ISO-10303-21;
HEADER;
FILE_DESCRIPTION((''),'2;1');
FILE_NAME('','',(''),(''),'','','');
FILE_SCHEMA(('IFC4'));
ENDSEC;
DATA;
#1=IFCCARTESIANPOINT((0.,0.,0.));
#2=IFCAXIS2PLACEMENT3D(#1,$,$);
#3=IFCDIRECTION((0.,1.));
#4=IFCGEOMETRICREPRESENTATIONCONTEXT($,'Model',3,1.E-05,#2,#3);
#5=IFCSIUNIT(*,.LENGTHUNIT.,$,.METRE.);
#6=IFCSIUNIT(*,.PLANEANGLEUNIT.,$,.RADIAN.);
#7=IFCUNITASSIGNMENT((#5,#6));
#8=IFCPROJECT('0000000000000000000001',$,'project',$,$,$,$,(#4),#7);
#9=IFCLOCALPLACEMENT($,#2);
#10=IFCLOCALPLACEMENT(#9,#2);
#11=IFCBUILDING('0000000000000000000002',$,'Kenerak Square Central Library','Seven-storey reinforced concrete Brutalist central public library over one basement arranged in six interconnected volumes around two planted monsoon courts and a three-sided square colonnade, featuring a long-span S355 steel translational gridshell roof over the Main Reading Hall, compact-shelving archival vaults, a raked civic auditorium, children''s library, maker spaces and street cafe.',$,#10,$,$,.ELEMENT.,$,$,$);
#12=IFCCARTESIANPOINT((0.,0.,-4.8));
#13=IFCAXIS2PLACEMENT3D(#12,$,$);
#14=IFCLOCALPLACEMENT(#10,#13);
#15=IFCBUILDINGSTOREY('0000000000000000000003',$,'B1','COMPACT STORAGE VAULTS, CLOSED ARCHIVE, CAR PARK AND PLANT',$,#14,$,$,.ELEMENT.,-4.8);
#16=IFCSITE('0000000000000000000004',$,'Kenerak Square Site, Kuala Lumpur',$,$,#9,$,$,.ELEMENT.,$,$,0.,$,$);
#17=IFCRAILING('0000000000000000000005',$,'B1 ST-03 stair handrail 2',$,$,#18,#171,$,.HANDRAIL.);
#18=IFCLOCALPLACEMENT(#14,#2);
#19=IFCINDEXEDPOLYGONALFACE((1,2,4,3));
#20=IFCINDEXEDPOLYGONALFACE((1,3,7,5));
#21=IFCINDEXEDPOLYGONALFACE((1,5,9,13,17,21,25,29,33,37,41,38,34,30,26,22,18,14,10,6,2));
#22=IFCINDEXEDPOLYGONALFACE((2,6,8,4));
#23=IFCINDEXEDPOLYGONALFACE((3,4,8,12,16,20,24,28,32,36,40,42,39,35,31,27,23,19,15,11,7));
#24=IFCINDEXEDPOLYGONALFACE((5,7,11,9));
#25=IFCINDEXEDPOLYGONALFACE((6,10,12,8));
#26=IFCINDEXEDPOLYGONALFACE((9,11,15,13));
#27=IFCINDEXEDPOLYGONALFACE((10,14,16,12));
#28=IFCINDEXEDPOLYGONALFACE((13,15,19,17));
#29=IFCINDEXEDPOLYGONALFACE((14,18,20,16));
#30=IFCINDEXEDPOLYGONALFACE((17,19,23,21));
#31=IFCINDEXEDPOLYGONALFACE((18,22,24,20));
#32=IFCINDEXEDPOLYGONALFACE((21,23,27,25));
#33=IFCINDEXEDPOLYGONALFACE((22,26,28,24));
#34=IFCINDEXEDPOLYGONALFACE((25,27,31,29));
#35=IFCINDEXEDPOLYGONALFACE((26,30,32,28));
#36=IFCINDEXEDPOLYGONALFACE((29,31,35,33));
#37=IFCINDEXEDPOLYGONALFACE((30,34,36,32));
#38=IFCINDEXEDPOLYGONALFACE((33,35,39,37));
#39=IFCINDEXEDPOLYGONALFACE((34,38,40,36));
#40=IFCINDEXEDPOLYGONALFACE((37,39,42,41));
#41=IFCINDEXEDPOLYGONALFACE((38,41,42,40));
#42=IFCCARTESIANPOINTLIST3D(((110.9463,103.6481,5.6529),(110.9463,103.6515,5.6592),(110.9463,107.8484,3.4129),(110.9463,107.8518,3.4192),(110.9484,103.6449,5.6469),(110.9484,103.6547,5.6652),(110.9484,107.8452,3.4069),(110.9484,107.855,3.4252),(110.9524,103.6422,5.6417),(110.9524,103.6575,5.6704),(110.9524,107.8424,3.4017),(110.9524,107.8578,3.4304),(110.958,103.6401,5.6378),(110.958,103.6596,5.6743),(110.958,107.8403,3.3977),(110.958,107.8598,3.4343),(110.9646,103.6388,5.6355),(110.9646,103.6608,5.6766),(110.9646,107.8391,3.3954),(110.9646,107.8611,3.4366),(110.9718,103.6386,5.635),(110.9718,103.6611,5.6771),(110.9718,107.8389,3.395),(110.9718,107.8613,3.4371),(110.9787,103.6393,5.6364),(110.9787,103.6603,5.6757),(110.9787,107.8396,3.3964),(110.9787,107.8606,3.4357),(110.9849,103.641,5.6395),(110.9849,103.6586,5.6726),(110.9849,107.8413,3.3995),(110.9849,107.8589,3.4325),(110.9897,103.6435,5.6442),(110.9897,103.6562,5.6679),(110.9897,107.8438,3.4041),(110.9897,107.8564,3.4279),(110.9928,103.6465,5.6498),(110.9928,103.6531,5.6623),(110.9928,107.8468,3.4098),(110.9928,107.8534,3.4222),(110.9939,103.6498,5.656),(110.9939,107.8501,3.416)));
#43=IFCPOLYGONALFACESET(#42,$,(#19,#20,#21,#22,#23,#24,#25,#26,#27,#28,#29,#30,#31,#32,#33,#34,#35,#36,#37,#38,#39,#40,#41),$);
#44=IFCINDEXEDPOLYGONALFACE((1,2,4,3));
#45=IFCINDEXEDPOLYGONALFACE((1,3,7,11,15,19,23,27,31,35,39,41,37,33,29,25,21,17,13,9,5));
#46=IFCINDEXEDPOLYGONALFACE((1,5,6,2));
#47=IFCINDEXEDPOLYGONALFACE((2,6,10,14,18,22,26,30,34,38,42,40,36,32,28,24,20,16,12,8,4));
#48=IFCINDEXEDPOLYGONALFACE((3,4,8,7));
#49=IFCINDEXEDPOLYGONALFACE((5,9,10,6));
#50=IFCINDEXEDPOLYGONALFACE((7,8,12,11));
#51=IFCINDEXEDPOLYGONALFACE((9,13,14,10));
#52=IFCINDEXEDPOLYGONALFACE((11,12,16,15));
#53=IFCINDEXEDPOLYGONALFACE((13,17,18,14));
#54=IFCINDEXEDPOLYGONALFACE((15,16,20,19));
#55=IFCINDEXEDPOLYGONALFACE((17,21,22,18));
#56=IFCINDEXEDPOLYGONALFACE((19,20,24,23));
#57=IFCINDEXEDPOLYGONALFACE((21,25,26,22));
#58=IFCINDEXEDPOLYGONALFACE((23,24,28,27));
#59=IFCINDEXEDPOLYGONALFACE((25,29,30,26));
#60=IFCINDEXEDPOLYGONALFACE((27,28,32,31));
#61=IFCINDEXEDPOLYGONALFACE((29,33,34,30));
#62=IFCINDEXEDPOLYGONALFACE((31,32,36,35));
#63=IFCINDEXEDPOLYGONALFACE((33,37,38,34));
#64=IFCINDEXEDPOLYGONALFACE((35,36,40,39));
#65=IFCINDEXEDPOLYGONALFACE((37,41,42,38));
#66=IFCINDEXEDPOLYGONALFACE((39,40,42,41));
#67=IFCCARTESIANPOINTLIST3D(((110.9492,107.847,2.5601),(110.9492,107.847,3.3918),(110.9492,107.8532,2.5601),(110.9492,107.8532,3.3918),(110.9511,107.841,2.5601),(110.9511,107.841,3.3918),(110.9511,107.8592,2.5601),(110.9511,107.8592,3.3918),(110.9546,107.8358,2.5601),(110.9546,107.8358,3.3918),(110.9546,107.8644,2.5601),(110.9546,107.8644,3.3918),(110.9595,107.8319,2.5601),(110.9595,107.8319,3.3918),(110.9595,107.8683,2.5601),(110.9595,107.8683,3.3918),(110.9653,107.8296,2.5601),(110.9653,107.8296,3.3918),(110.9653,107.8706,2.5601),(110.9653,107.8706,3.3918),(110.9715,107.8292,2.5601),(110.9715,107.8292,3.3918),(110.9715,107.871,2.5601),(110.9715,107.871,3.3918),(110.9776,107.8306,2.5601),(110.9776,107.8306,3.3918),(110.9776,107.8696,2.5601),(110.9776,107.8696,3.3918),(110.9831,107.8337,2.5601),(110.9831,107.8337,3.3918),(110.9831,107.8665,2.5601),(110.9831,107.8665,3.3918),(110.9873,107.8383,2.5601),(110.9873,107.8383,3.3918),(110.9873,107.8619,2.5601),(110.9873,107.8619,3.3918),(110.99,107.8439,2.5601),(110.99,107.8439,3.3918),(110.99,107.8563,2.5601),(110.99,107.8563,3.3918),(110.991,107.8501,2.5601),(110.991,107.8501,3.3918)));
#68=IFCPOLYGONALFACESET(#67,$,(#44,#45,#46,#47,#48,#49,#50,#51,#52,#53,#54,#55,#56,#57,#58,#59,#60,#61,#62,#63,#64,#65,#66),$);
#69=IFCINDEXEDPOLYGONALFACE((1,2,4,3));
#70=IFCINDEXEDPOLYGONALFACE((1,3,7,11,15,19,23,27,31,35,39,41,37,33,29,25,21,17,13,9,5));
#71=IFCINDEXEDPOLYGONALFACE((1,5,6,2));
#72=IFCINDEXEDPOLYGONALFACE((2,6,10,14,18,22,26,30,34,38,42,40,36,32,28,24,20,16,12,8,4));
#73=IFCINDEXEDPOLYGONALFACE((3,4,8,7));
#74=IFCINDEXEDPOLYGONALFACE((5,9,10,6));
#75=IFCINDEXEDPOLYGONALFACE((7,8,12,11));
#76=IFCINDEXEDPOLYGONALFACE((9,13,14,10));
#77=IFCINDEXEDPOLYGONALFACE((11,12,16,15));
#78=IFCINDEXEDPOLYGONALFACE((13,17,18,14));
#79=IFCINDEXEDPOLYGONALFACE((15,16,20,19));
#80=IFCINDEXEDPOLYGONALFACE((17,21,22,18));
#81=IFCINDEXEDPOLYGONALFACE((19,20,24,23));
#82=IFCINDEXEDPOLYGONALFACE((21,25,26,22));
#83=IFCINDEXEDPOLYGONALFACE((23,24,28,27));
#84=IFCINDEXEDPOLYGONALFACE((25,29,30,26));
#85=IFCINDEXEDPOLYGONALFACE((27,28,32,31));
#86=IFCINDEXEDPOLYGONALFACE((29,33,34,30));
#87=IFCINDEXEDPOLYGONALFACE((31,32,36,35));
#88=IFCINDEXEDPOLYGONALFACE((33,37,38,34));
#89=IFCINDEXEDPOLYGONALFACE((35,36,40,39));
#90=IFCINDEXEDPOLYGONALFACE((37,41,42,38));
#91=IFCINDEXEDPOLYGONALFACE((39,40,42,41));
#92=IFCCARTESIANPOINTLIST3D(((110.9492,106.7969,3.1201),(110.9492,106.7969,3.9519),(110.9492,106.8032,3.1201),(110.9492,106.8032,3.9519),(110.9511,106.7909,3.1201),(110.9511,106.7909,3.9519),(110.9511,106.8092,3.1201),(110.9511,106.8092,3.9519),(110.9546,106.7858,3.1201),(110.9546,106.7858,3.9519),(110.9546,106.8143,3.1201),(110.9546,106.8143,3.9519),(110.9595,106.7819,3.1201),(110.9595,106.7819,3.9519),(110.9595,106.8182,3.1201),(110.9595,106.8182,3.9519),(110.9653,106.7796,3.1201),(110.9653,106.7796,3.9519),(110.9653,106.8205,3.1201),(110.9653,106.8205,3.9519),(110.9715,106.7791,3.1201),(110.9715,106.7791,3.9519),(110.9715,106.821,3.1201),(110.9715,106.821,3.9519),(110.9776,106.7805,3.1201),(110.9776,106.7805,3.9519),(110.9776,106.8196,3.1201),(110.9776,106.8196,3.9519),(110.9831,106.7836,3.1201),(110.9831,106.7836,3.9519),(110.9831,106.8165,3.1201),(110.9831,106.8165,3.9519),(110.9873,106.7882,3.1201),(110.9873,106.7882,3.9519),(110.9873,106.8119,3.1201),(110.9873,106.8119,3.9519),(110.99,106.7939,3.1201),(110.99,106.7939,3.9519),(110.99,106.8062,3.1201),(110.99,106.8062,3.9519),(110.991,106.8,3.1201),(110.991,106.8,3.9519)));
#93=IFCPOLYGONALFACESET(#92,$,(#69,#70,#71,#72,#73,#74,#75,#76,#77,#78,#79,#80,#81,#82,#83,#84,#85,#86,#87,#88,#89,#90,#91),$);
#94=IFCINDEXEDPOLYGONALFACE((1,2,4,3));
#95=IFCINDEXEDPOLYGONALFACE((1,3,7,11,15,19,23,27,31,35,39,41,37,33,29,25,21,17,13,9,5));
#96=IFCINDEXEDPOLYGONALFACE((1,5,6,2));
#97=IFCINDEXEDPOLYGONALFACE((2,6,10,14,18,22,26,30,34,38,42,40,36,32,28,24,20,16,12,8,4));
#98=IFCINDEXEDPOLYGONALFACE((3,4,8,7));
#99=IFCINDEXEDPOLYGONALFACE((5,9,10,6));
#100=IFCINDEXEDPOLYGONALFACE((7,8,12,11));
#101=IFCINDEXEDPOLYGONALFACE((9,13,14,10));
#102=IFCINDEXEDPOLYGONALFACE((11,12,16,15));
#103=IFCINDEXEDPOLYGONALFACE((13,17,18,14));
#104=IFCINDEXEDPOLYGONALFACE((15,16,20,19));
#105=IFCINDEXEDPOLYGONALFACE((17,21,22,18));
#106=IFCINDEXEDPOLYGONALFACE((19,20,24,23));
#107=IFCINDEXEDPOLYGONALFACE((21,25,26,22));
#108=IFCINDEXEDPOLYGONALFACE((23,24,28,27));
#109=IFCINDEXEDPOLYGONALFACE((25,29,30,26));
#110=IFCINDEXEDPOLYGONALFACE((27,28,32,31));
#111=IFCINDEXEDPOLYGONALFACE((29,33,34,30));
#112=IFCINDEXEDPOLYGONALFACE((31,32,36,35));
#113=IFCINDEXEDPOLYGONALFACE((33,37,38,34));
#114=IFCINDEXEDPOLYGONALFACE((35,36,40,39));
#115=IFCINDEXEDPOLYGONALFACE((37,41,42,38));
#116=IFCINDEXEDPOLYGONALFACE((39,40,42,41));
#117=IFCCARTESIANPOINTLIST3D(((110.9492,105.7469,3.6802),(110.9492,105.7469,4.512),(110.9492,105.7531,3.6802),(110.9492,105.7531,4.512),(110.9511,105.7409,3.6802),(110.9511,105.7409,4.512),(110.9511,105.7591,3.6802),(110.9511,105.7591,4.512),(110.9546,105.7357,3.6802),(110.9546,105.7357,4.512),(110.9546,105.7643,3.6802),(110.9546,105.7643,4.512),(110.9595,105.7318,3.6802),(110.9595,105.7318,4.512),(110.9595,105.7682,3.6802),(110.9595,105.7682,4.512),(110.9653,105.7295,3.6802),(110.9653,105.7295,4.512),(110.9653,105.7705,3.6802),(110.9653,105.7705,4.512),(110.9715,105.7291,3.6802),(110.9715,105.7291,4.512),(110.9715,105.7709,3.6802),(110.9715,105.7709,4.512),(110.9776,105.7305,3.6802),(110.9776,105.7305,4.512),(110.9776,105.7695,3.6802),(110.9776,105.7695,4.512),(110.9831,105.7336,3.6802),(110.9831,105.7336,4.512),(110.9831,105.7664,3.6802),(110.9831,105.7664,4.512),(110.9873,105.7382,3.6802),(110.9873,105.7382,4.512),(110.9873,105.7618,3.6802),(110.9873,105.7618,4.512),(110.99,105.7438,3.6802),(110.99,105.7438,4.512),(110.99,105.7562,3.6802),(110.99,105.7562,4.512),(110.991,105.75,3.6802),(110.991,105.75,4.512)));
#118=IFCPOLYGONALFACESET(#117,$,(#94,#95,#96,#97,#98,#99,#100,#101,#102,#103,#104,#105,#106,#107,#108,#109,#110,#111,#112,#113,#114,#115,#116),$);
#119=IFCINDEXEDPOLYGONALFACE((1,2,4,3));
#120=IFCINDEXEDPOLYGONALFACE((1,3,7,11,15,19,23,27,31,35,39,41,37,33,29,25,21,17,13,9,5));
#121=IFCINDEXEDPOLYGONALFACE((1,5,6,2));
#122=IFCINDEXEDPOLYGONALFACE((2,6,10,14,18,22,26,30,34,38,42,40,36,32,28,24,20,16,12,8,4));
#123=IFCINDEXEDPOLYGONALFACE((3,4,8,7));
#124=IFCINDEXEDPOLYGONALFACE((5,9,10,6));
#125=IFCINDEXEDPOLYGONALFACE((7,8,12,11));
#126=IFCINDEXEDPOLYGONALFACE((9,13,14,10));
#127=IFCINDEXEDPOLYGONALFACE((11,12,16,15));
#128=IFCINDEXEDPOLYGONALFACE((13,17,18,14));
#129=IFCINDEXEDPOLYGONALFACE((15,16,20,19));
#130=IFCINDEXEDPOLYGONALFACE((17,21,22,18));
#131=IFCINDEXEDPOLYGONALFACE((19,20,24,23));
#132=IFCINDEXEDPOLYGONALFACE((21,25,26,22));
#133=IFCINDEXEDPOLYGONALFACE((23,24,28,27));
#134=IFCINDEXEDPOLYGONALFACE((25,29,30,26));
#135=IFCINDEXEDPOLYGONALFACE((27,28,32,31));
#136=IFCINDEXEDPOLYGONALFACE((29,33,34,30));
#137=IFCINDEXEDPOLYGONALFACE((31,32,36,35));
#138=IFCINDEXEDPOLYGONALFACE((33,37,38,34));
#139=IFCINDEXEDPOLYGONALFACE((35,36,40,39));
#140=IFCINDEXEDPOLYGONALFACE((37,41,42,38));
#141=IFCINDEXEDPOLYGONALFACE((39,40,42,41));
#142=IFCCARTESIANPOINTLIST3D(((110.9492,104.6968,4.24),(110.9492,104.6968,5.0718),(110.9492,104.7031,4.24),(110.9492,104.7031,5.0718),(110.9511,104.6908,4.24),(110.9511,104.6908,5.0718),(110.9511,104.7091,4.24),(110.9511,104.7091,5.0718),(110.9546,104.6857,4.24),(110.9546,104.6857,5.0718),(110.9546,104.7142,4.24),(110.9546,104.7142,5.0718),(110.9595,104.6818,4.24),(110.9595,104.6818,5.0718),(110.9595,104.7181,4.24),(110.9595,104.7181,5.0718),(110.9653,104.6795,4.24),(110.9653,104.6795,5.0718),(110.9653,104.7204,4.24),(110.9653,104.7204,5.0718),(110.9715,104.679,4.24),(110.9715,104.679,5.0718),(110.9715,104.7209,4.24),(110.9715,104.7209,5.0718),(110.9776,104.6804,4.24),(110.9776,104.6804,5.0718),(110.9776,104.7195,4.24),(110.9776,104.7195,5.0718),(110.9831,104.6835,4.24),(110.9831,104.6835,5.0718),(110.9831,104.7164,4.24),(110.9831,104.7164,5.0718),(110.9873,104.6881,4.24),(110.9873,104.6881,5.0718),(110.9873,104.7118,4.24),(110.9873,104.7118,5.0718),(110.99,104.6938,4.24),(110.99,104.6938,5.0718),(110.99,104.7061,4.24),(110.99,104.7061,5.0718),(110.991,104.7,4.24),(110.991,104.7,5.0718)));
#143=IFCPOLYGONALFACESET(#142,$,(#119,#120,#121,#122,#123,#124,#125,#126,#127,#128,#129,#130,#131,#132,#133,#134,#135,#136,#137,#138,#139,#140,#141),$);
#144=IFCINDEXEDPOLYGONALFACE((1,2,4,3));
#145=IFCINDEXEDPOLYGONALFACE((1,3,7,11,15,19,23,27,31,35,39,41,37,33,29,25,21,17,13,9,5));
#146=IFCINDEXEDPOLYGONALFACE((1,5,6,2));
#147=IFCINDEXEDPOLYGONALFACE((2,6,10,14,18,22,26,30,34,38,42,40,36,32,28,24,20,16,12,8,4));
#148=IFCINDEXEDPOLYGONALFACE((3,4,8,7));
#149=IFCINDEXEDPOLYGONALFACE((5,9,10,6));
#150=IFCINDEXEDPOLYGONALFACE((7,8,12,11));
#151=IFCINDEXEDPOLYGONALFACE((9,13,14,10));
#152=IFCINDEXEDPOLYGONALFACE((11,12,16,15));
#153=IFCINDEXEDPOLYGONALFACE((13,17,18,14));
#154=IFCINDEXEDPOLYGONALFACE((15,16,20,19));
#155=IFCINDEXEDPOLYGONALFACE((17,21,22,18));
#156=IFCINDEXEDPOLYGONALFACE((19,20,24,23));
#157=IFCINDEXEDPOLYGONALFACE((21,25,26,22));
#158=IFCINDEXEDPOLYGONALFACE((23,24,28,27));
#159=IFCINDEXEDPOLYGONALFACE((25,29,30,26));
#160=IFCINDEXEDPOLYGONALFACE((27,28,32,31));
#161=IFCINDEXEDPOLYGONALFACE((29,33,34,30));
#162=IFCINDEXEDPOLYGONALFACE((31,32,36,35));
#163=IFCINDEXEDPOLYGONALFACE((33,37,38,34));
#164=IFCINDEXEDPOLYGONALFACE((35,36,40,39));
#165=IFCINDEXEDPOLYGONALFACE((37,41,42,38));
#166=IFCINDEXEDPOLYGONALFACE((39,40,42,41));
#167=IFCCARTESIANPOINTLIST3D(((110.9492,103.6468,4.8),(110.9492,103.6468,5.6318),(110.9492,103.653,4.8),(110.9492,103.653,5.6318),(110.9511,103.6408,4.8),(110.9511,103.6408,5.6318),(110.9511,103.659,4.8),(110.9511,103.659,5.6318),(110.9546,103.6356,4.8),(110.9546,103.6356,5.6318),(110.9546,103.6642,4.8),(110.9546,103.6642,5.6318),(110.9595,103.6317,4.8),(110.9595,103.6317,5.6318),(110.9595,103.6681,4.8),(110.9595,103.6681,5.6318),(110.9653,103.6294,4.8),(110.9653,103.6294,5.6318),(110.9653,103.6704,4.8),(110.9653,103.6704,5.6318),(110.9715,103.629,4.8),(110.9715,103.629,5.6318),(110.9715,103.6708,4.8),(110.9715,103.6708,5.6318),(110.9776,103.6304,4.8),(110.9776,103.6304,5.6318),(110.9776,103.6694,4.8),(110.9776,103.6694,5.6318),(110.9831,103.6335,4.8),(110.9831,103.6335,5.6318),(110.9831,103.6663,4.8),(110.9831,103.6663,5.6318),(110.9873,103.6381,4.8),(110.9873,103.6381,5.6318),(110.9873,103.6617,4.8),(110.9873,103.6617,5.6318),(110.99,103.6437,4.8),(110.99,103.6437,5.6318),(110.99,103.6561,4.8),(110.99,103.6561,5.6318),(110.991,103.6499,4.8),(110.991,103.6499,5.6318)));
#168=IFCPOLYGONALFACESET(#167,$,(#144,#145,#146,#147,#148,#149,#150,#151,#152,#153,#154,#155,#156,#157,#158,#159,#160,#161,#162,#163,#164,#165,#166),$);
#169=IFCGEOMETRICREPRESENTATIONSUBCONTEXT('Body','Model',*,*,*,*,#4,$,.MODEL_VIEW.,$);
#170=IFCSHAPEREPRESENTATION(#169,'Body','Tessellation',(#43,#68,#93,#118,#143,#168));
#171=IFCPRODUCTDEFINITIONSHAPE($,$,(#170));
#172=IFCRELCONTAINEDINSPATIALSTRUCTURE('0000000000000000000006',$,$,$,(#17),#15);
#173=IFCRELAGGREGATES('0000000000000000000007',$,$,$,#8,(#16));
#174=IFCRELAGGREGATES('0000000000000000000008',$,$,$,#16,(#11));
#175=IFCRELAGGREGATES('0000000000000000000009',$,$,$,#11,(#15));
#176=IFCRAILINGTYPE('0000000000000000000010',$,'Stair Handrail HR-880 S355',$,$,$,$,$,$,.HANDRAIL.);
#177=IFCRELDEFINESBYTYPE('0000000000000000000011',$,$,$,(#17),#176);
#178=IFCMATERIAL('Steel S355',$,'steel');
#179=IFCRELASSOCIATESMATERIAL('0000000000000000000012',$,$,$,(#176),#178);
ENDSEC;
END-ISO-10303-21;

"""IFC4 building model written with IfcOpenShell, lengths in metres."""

from ifc_helpers import new_model, si_unit, direction, frame, origin, origin_2d, place, context, subcontext, project, spatial, circle, extrude, material, type_object, element, save


model = new_model("IFC4")

# Units and contexts
model_context = context("Model", 3, precision=1e-05, world=origin(), true_north=direction((0.0, 1.0)))
body_context = subcontext(model_context, "Body", "Model", "MODEL_VIEW")
ifc_project = project(units=[si_unit("LENGTHUNIT", "METRE"), si_unit("PLANEANGLEUNIT", "RADIAN")], contexts=[model_context])

# Site, building, storey
site_placement = place(None, origin())
site = spatial("IfcSite", under=ifc_project, at=site_placement, Name="Kenerak Square Site, Kuala Lumpur", CompositionType="ELEMENT", RefElevation=0.0)
building_placement = place(site_placement, origin())
building = spatial("IfcBuilding", under=site, at=building_placement, Name="Kenerak Square Central Library", Description="Seven-storey reinforced concrete Brutalist central public library over one basement arranged in six interconnected volumes around two planted monsoon courts and a three-sided square colonnade, featuring a long-span S355 steel translational gridshell roof over the Main Reading Hall, compact-shelving archival vaults, a raked civic auditorium, children's library, maker spaces and street cafe.", CompositionType="ELEMENT")
storey_placement = place(building_placement, frame((0.0, 0.0, -4.8)))
storey = spatial("IfcBuildingStorey", under=building, at=storey_placement, Name="B1", Description="COMPACT STORAGE VAULTS, CLOSED ARCHIVE, CAR PARK AND PLANT", CompositionType="ELEMENT", Elevation=-4.8)

# Railing
ifc_material_1 = material(Name="Steel S355", Category="steel")
railing_type_1 = type_object("IfcRailingType", Name="Stair Handrail HR-880 S355", PredefinedType="HANDRAIL", material=ifc_material_1)
railing_1_placement = place(storey_placement, frame((110.97, 107.8501, 2.5601)))
element("IfcRailing", 1, at=railing_1_placement, inside=storey, type_object=railing_type_1, Name="B1 ST-03 stair handrail 2", PredefinedType="HANDRAIL", context=body_context, shape_type="SweptSolid", body=[
    extrude(circle(Radius=0.0239, at=origin_2d()), frame((0.0, 0.0, 0.856), z_axis=(0.0, -0.882363, 0.47057), x_axis=(1.0, 0.0, 0.0)), (0.0, 0.0, 1.0), 4.7603),
    extrude(circle(Radius=0.021, at=origin_2d()), origin(), (0.0, 0.0, 1.0), 0.8318),
    extrude(circle(Radius=0.021, at=origin_2d()), frame((0.0, -1.05, 0.5601)), (0.0, 0.0, 1.0), 0.8318),
    extrude(circle(Radius=0.021, at=origin_2d()), frame((0.0, -2.1001, 1.1201)), (0.0, 0.0, 1.0), 0.8318),
    extrude(circle(Radius=0.021, at=origin_2d()), frame((0.0, -3.1501, 1.6799)), (0.0, 0.0, 1.0), 0.8318),
    extrude(circle(Radius=0.021, at=origin_2d()), frame((0.0, -4.2002, 2.24)), (0.0, 0.0, 1.0), 0.8318),
])

save(model, "model.ifc")
